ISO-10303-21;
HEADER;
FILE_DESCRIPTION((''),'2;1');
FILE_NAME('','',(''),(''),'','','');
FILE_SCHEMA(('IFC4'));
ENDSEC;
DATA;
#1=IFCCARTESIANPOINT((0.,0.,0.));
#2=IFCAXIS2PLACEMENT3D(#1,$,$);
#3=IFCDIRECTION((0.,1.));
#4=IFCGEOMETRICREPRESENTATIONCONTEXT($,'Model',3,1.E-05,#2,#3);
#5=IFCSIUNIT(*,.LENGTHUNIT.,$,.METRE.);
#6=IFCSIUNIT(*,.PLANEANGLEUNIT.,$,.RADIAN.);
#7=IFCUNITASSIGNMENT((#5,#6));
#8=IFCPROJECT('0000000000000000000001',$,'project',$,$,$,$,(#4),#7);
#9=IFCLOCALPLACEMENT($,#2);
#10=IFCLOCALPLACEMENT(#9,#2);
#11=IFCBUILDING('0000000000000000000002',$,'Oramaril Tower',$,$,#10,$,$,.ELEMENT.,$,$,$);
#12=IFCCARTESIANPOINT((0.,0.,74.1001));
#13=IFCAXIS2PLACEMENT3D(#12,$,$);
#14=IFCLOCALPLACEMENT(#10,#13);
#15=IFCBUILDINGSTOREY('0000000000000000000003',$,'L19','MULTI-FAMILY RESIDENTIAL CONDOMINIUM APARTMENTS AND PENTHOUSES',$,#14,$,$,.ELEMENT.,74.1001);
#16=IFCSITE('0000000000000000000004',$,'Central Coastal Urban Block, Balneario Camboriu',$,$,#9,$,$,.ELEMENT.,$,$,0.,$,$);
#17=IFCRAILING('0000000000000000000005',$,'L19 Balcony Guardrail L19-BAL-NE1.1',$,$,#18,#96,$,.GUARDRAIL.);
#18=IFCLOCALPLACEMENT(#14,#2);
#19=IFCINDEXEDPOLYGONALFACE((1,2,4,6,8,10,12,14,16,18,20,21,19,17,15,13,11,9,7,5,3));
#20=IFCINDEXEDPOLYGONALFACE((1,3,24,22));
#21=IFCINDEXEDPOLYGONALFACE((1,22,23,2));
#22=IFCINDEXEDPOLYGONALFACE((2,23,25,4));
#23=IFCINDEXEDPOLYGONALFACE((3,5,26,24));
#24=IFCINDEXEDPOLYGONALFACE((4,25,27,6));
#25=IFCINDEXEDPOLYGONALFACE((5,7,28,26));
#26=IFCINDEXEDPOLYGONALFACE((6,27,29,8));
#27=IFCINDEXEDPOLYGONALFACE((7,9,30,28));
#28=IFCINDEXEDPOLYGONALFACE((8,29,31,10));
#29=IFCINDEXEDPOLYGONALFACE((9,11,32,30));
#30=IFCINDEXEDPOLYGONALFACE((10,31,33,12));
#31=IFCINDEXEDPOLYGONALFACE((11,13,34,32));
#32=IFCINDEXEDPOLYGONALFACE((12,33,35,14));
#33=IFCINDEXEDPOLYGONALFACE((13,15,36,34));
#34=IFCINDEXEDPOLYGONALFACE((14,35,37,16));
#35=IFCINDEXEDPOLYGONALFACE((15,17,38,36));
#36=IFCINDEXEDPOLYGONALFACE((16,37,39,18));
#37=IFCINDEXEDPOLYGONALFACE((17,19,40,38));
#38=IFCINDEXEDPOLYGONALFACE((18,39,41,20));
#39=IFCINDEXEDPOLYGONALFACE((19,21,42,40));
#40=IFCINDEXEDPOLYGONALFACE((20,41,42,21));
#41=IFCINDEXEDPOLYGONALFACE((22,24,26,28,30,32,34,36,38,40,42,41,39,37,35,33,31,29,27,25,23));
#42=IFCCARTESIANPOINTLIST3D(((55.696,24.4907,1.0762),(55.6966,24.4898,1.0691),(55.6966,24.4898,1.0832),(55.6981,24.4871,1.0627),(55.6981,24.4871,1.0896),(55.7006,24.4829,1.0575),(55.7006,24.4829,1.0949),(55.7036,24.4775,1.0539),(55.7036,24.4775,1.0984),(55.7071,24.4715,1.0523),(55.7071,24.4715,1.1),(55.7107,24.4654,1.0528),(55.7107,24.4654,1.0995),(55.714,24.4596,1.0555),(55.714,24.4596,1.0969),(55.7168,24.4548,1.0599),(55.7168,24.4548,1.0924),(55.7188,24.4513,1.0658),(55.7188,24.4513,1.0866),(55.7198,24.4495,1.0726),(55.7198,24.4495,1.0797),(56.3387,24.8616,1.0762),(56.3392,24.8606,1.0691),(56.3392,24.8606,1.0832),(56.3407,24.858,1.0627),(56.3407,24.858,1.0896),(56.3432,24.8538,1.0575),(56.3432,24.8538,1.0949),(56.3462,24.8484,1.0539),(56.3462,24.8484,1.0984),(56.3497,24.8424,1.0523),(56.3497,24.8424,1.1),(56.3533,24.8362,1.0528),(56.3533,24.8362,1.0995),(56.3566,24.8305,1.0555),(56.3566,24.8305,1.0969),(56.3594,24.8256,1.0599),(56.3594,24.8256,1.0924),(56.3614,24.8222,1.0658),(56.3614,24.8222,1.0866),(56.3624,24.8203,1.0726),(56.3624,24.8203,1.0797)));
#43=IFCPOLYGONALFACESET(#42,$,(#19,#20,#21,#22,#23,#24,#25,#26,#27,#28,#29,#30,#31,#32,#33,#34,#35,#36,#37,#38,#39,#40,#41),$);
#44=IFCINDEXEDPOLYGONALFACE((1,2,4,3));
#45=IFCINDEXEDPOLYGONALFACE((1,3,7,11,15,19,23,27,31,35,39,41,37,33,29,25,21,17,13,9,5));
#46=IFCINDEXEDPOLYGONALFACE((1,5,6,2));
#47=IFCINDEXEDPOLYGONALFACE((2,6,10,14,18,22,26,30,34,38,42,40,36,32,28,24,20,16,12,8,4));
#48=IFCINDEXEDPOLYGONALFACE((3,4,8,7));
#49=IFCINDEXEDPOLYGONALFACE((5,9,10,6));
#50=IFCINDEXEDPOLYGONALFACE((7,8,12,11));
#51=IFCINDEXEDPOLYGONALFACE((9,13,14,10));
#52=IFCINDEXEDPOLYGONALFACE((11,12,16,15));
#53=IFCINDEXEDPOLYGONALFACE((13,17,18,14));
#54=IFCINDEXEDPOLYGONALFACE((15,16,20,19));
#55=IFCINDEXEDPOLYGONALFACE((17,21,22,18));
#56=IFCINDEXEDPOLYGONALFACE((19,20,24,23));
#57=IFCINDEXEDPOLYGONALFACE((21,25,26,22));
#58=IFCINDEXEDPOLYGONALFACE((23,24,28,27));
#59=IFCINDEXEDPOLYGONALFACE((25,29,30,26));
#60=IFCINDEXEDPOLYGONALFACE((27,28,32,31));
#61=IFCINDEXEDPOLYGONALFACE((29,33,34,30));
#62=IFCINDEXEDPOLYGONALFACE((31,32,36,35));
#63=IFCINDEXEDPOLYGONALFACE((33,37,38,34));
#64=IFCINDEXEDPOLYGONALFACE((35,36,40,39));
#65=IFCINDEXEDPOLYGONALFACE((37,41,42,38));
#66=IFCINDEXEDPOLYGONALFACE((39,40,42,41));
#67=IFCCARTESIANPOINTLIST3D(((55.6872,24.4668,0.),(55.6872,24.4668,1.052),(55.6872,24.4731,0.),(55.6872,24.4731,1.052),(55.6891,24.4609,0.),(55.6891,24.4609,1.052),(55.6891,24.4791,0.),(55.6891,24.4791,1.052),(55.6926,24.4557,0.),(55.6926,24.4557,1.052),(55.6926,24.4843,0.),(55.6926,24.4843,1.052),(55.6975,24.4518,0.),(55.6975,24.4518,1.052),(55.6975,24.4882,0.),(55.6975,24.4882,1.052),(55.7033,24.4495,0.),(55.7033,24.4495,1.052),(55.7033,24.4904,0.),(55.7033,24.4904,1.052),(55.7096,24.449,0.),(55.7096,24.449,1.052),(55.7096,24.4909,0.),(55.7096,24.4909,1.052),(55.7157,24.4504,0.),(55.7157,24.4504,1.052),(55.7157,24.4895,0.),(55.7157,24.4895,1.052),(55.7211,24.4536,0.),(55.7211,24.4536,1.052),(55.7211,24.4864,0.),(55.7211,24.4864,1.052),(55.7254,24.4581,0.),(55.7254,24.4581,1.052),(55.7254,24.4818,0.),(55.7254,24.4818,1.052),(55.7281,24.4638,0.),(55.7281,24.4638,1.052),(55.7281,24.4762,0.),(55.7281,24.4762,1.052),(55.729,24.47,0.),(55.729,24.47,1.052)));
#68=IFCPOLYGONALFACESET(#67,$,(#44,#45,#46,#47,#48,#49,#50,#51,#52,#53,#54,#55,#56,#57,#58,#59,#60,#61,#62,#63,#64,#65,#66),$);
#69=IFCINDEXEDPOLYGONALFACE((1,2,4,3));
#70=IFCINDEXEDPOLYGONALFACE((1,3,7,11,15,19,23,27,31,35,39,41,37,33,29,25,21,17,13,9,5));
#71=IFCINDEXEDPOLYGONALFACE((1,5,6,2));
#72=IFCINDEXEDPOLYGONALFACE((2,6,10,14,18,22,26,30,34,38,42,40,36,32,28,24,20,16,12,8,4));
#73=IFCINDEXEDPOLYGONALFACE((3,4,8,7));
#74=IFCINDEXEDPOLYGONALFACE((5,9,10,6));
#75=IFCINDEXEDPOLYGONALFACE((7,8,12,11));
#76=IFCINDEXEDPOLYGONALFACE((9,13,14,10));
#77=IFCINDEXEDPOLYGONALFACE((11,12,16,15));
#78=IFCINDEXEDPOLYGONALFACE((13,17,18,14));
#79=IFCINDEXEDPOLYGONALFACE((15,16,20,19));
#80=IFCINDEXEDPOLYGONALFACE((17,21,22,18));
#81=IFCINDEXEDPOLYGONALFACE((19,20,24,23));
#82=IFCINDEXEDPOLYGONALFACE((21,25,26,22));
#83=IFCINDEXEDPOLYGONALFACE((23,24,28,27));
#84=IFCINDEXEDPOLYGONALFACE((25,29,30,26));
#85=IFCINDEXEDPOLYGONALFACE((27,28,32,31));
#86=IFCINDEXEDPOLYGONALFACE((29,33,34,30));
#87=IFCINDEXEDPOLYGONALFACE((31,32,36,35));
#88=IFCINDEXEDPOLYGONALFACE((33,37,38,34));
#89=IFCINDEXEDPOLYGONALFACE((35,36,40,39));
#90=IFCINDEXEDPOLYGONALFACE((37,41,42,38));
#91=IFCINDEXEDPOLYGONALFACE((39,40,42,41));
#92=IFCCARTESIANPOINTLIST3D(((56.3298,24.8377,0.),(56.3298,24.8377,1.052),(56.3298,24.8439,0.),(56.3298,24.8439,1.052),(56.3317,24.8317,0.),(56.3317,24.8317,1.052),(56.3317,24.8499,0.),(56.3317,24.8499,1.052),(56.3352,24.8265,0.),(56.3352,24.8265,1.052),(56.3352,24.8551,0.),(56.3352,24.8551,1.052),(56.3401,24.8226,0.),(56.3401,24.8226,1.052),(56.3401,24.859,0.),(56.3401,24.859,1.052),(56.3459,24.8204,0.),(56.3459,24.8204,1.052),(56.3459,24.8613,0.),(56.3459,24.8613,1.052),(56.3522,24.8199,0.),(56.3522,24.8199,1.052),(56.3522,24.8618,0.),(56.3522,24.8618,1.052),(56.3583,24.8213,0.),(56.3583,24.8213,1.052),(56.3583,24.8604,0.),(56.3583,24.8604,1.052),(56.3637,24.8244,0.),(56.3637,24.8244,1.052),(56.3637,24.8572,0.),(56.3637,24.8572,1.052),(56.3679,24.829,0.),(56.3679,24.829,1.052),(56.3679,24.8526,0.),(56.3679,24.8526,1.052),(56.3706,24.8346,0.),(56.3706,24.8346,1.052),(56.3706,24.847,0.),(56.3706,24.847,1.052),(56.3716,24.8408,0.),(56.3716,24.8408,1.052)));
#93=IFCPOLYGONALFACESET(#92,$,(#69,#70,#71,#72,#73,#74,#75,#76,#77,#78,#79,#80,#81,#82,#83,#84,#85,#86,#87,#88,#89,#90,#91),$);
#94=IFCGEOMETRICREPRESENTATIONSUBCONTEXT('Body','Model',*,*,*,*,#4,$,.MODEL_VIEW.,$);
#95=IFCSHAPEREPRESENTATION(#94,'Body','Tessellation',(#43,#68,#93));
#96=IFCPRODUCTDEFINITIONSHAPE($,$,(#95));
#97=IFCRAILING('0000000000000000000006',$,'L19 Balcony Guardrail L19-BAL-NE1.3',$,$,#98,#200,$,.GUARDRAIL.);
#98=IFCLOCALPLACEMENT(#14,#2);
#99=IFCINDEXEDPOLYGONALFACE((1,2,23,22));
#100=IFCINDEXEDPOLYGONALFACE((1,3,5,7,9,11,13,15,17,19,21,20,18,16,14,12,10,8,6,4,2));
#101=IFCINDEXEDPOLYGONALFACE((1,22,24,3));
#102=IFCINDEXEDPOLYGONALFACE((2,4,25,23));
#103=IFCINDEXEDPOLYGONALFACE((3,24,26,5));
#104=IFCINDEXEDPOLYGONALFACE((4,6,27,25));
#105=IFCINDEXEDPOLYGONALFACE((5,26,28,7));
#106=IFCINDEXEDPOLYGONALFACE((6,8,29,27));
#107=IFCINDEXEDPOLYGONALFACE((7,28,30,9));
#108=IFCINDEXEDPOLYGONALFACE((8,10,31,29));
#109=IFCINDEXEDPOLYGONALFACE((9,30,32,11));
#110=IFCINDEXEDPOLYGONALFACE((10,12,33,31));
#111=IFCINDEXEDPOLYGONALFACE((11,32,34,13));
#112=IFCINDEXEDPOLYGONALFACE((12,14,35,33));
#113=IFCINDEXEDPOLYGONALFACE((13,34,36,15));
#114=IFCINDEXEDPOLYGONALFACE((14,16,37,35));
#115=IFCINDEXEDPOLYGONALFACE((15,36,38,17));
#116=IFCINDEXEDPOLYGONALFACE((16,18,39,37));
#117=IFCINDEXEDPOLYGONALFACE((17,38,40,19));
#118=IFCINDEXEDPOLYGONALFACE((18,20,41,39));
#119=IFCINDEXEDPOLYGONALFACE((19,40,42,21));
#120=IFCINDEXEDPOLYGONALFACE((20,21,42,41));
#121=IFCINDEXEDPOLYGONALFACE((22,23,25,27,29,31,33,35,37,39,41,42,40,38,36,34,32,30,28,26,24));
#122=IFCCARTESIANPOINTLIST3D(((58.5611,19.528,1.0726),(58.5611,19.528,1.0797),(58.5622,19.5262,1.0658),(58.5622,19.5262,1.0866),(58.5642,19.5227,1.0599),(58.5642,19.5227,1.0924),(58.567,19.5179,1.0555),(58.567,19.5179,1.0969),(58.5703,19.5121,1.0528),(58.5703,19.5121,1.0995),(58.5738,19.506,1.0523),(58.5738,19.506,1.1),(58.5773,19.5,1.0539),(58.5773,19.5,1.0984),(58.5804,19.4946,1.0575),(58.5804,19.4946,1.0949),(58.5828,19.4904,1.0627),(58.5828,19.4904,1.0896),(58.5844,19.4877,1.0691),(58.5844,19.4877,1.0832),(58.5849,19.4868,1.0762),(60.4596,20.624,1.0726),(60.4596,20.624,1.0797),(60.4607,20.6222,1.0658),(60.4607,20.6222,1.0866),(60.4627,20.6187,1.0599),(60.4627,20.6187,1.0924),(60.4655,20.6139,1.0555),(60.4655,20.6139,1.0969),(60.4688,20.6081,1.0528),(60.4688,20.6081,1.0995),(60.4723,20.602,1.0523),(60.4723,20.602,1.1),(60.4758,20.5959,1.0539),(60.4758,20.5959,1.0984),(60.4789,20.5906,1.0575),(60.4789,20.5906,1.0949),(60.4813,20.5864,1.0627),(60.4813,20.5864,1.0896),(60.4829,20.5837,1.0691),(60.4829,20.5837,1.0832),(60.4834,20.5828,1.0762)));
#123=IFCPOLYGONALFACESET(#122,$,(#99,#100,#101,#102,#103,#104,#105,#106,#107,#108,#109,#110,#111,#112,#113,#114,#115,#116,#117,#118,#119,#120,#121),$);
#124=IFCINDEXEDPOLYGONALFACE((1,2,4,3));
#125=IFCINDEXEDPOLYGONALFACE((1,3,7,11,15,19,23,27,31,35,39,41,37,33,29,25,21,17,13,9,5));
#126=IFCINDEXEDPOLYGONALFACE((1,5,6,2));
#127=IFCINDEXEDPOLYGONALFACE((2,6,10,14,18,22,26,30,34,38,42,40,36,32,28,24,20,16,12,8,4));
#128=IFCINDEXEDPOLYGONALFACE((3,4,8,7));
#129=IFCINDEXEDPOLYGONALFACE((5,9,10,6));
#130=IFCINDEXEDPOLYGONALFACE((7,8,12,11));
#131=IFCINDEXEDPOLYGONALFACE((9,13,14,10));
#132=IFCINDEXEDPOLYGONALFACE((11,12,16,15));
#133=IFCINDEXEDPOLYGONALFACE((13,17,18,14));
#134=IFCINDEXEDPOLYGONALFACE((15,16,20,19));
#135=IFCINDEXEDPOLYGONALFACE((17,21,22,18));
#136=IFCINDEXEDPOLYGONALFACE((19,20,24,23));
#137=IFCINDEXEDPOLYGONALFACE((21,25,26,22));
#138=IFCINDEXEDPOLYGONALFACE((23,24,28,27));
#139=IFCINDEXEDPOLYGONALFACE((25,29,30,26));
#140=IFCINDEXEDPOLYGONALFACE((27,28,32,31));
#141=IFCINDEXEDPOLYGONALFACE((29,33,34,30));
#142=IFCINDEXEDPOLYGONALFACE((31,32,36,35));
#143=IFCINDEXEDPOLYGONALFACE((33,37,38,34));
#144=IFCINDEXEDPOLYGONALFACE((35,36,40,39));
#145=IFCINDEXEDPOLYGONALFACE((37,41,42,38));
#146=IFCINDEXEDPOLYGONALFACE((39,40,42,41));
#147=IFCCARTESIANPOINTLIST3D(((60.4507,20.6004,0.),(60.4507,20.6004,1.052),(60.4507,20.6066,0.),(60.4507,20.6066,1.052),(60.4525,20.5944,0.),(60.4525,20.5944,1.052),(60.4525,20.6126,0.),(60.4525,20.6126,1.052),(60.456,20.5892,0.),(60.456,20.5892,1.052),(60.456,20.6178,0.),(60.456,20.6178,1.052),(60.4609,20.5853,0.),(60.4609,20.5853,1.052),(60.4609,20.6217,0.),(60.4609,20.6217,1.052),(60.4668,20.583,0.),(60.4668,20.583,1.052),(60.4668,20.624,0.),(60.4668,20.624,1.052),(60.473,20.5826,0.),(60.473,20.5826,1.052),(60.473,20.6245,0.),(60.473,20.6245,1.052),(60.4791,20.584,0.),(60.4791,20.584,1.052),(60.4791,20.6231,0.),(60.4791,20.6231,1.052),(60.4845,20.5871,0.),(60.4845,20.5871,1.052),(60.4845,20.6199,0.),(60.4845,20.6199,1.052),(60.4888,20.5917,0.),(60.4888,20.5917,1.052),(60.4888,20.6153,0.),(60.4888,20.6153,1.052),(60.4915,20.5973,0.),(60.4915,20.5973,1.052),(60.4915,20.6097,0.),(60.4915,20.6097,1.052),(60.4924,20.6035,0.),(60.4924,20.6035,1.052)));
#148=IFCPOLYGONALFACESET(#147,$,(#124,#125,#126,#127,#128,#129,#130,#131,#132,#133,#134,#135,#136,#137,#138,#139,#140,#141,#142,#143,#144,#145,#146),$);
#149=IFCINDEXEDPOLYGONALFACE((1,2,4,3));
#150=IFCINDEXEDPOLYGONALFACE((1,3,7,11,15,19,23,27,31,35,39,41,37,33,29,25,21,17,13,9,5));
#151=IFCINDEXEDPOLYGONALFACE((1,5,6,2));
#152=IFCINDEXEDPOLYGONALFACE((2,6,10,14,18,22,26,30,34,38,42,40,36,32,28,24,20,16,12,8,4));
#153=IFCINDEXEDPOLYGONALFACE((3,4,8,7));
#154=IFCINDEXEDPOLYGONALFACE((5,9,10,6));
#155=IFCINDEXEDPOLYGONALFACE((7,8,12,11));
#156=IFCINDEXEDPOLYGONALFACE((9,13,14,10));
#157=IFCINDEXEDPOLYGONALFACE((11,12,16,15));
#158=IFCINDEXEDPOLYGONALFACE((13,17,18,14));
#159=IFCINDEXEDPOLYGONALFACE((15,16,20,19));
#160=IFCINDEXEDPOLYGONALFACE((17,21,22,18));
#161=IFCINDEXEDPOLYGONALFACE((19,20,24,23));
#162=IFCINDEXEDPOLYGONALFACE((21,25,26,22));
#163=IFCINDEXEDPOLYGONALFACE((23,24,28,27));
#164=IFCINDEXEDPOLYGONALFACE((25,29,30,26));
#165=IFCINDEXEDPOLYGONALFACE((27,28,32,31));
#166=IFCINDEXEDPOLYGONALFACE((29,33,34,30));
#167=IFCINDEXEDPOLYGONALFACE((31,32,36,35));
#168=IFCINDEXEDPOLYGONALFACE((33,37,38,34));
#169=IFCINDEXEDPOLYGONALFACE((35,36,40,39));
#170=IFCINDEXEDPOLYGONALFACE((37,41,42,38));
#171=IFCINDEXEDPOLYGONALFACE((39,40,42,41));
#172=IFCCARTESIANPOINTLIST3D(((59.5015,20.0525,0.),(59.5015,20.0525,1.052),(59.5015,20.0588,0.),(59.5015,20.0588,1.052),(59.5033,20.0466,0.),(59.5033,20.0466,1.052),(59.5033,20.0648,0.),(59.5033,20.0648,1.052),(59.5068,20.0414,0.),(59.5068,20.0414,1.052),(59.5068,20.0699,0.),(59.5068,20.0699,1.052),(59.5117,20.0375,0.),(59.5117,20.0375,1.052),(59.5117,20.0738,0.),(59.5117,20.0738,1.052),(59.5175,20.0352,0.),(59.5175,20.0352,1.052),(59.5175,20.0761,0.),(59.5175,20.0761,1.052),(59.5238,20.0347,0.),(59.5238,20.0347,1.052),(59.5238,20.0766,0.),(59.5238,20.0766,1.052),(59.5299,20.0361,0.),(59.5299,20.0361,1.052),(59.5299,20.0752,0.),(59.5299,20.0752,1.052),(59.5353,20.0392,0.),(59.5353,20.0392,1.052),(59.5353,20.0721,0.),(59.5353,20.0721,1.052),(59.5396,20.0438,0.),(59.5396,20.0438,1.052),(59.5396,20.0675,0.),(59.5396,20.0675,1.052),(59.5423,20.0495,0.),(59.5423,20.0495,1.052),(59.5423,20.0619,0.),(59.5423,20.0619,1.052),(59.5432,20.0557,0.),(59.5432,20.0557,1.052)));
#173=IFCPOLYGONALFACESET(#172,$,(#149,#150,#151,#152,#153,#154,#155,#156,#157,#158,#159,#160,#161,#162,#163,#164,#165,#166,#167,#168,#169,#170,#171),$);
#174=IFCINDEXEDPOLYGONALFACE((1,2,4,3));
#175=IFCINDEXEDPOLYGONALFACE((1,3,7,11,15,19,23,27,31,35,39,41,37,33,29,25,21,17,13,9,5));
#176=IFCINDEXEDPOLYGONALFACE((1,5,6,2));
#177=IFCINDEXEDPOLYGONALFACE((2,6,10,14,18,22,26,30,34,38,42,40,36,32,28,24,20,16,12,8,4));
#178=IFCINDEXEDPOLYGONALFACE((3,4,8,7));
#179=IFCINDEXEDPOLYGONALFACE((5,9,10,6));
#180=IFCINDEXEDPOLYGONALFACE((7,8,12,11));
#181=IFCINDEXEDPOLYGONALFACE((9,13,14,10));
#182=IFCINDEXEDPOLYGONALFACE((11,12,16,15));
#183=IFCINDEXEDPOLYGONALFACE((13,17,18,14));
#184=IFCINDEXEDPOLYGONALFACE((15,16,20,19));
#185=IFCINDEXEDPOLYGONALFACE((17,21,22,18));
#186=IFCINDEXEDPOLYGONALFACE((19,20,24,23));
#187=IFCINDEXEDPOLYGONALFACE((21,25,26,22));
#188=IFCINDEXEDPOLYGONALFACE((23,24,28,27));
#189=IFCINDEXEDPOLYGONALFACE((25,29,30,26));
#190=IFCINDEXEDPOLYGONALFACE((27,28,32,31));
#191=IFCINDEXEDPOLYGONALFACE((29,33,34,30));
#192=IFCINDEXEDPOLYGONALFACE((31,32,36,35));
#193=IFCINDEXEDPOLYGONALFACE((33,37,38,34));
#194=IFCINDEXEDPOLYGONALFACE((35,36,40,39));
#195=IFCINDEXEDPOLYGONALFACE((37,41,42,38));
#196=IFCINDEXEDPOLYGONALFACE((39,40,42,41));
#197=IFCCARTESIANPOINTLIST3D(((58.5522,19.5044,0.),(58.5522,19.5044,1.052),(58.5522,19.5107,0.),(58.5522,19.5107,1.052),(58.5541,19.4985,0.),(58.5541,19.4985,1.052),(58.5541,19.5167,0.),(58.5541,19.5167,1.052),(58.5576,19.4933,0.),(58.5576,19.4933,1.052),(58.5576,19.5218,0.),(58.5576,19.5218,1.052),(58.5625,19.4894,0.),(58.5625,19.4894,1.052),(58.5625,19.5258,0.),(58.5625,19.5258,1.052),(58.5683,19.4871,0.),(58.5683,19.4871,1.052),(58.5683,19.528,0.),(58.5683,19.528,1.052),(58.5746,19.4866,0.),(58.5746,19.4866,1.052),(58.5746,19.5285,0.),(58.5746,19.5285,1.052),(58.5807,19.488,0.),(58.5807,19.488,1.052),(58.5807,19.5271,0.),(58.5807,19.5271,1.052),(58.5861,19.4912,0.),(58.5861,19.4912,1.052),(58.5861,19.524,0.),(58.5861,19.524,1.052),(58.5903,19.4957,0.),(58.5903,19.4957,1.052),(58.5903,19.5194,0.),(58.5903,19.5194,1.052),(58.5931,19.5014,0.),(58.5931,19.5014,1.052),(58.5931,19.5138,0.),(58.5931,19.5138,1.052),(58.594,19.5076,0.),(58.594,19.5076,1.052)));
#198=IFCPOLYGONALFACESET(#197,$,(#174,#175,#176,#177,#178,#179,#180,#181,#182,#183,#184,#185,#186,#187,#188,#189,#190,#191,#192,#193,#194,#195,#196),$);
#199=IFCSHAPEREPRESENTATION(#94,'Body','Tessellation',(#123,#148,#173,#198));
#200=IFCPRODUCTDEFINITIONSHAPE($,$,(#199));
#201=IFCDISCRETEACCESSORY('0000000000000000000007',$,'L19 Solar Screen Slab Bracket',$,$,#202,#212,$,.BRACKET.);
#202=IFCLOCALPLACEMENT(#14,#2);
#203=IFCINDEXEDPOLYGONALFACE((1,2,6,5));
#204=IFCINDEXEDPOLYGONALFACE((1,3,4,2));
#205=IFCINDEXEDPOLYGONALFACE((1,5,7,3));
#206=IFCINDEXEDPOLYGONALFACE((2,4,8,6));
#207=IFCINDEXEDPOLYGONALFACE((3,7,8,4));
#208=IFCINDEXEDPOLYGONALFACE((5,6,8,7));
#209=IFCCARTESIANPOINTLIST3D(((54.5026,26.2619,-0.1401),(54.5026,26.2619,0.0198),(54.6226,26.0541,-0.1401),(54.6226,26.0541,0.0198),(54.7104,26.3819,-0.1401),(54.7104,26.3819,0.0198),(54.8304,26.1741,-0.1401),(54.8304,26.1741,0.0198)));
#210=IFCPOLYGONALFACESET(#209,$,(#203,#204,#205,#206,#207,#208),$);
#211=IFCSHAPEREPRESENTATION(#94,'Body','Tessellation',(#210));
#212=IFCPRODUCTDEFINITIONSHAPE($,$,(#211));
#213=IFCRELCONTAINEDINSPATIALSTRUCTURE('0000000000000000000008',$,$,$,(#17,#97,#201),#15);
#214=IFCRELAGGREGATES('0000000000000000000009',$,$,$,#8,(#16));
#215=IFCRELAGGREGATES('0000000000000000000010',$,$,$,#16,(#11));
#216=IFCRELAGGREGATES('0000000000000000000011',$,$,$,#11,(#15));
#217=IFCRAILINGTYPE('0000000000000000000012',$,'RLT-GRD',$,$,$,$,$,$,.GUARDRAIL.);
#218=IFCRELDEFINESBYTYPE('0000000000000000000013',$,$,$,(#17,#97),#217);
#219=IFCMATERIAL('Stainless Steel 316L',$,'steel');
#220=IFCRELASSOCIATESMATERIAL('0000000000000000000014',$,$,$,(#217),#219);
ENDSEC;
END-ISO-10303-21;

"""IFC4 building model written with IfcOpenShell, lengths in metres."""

from ifc_helpers import new_model, si_unit, direction, frame, origin, origin_2d, place, context, subcontext, project, spatial, rectangle, circle, extrude, material, type_object, element, save


model = new_model("IFC4")

# Units and contexts
model_context = context("Model", 3, precision=1e-05, world=origin(), true_north=direction((0.0, 1.0)))
body_context = subcontext(model_context, "Body", "Model", "MODEL_VIEW")
ifc_project = project(units=[si_unit("LENGTHUNIT", "METRE"), si_unit("PLANEANGLEUNIT", "RADIAN")], contexts=[model_context])

# Site, building, storey
site_placement = place(None, origin())
site = spatial("IfcSite", under=ifc_project, at=site_placement, Name="Central Coastal Urban Block, Balneario Camboriu", CompositionType="ELEMENT", RefElevation=0.0)
building_placement = place(site_placement, origin())
building = spatial("IfcBuilding", under=site, at=building_placement, Name="Oramaril Tower", CompositionType="ELEMENT")
storey_placement = place(building_placement, frame((0.0, 0.0, 74.1001)))
storey = spatial("IfcBuildingStorey", under=building, at=storey_placement, Name="L19", Description="MULTI-FAMILY RESIDENTIAL CONDOMINIUM APARTMENTS AND PENTHOUSES", CompositionType="ELEMENT", Elevation=74.1001)

# Railings
ifc_material_1 = material(Name="Stainless Steel 316L", Category="steel")
railing_type = type_object("IfcRailingType", Name="RLT-GRD", PredefinedType="GUARDRAIL", material=ifc_material_1)
railing_1_placement = place(storey_placement, frame((55.708, 24.47, 0.0)))
element("IfcRailing", 1, at=railing_1_placement, inside=storey, type_object=railing_type, Name="L19 Balcony Guardrail L19-BAL-NE1.1", PredefinedType="GUARDRAIL", context=body_context, shape_type="SweptSolid", body=[
    extrude(circle(Radius=0.0239, at=origin_2d()), frame((0.0, 0.0, 1.0762), z_axis=(0.866109, 0.499855, 0.0), x_axis=(-0.499855, 0.866109, 0.0)), (0.0, 0.0, 1.0), 0.7419),
    extrude(circle(Radius=0.021, at=origin_2d()), origin(), (0.0, 0.0, 1.0), 1.052),
    extrude(circle(Radius=0.021, at=origin_2d()), frame((0.6426, 0.3708, 0.0)), (0.0, 0.0, 1.0), 1.052),
])
railing_2_placement = place(storey_placement, frame((60.4714, 20.6035, 0.0)))
element("IfcRailing", 2, at=railing_2_placement, inside=storey, type_object=railing_type, Name="L19 Balcony Guardrail L19-BAL-NE1.3", PredefinedType="GUARDRAIL", context=body_context, shape_type="SweptSolid", body=[
    extrude(circle(Radius=0.0239, at=origin_2d()), frame((0.0, 0.0, 1.0762), z_axis=(-0.866048, -0.49996, 0.0), x_axis=(0.49996, -0.866048, 0.0)), (0.0, 0.0, 1.0), 2.1921),
    extrude(circle(Radius=0.021, at=origin_2d()), origin(), (0.0, 0.0, 1.0), 1.052),
    extrude(circle(Radius=0.021, at=origin_2d()), frame((-0.9492, -0.5479, 0.0)), (0.0, 0.0, 1.0), 1.052),
    extrude(circle(Radius=0.021, at=origin_2d()), frame((-1.8984, -1.0959, 0.0)), (0.0, 0.0, 1.0), 1.052),
])

# Discrete accessory
discrete_accessory_placement = place(storey_placement, frame((54.6665, 26.218, -0.1401), z_axis=(0.0, 0.0, 1.0), x_axis=(-0.5, 0.866025, 0.0)))
element("IfcDiscreteAccessory", 3, at=discrete_accessory_placement, inside=storey, Name="L19 Solar Screen Slab Bracket", PredefinedType="BRACKET", context=body_context, shape_type="SweptSolid", body=[
    extrude(rectangle(XDim=0.24, YDim=0.24, at=origin_2d()), origin(), (0.0, 0.0, 1.0), 0.1599),
])

save(model, "model.ifc")
